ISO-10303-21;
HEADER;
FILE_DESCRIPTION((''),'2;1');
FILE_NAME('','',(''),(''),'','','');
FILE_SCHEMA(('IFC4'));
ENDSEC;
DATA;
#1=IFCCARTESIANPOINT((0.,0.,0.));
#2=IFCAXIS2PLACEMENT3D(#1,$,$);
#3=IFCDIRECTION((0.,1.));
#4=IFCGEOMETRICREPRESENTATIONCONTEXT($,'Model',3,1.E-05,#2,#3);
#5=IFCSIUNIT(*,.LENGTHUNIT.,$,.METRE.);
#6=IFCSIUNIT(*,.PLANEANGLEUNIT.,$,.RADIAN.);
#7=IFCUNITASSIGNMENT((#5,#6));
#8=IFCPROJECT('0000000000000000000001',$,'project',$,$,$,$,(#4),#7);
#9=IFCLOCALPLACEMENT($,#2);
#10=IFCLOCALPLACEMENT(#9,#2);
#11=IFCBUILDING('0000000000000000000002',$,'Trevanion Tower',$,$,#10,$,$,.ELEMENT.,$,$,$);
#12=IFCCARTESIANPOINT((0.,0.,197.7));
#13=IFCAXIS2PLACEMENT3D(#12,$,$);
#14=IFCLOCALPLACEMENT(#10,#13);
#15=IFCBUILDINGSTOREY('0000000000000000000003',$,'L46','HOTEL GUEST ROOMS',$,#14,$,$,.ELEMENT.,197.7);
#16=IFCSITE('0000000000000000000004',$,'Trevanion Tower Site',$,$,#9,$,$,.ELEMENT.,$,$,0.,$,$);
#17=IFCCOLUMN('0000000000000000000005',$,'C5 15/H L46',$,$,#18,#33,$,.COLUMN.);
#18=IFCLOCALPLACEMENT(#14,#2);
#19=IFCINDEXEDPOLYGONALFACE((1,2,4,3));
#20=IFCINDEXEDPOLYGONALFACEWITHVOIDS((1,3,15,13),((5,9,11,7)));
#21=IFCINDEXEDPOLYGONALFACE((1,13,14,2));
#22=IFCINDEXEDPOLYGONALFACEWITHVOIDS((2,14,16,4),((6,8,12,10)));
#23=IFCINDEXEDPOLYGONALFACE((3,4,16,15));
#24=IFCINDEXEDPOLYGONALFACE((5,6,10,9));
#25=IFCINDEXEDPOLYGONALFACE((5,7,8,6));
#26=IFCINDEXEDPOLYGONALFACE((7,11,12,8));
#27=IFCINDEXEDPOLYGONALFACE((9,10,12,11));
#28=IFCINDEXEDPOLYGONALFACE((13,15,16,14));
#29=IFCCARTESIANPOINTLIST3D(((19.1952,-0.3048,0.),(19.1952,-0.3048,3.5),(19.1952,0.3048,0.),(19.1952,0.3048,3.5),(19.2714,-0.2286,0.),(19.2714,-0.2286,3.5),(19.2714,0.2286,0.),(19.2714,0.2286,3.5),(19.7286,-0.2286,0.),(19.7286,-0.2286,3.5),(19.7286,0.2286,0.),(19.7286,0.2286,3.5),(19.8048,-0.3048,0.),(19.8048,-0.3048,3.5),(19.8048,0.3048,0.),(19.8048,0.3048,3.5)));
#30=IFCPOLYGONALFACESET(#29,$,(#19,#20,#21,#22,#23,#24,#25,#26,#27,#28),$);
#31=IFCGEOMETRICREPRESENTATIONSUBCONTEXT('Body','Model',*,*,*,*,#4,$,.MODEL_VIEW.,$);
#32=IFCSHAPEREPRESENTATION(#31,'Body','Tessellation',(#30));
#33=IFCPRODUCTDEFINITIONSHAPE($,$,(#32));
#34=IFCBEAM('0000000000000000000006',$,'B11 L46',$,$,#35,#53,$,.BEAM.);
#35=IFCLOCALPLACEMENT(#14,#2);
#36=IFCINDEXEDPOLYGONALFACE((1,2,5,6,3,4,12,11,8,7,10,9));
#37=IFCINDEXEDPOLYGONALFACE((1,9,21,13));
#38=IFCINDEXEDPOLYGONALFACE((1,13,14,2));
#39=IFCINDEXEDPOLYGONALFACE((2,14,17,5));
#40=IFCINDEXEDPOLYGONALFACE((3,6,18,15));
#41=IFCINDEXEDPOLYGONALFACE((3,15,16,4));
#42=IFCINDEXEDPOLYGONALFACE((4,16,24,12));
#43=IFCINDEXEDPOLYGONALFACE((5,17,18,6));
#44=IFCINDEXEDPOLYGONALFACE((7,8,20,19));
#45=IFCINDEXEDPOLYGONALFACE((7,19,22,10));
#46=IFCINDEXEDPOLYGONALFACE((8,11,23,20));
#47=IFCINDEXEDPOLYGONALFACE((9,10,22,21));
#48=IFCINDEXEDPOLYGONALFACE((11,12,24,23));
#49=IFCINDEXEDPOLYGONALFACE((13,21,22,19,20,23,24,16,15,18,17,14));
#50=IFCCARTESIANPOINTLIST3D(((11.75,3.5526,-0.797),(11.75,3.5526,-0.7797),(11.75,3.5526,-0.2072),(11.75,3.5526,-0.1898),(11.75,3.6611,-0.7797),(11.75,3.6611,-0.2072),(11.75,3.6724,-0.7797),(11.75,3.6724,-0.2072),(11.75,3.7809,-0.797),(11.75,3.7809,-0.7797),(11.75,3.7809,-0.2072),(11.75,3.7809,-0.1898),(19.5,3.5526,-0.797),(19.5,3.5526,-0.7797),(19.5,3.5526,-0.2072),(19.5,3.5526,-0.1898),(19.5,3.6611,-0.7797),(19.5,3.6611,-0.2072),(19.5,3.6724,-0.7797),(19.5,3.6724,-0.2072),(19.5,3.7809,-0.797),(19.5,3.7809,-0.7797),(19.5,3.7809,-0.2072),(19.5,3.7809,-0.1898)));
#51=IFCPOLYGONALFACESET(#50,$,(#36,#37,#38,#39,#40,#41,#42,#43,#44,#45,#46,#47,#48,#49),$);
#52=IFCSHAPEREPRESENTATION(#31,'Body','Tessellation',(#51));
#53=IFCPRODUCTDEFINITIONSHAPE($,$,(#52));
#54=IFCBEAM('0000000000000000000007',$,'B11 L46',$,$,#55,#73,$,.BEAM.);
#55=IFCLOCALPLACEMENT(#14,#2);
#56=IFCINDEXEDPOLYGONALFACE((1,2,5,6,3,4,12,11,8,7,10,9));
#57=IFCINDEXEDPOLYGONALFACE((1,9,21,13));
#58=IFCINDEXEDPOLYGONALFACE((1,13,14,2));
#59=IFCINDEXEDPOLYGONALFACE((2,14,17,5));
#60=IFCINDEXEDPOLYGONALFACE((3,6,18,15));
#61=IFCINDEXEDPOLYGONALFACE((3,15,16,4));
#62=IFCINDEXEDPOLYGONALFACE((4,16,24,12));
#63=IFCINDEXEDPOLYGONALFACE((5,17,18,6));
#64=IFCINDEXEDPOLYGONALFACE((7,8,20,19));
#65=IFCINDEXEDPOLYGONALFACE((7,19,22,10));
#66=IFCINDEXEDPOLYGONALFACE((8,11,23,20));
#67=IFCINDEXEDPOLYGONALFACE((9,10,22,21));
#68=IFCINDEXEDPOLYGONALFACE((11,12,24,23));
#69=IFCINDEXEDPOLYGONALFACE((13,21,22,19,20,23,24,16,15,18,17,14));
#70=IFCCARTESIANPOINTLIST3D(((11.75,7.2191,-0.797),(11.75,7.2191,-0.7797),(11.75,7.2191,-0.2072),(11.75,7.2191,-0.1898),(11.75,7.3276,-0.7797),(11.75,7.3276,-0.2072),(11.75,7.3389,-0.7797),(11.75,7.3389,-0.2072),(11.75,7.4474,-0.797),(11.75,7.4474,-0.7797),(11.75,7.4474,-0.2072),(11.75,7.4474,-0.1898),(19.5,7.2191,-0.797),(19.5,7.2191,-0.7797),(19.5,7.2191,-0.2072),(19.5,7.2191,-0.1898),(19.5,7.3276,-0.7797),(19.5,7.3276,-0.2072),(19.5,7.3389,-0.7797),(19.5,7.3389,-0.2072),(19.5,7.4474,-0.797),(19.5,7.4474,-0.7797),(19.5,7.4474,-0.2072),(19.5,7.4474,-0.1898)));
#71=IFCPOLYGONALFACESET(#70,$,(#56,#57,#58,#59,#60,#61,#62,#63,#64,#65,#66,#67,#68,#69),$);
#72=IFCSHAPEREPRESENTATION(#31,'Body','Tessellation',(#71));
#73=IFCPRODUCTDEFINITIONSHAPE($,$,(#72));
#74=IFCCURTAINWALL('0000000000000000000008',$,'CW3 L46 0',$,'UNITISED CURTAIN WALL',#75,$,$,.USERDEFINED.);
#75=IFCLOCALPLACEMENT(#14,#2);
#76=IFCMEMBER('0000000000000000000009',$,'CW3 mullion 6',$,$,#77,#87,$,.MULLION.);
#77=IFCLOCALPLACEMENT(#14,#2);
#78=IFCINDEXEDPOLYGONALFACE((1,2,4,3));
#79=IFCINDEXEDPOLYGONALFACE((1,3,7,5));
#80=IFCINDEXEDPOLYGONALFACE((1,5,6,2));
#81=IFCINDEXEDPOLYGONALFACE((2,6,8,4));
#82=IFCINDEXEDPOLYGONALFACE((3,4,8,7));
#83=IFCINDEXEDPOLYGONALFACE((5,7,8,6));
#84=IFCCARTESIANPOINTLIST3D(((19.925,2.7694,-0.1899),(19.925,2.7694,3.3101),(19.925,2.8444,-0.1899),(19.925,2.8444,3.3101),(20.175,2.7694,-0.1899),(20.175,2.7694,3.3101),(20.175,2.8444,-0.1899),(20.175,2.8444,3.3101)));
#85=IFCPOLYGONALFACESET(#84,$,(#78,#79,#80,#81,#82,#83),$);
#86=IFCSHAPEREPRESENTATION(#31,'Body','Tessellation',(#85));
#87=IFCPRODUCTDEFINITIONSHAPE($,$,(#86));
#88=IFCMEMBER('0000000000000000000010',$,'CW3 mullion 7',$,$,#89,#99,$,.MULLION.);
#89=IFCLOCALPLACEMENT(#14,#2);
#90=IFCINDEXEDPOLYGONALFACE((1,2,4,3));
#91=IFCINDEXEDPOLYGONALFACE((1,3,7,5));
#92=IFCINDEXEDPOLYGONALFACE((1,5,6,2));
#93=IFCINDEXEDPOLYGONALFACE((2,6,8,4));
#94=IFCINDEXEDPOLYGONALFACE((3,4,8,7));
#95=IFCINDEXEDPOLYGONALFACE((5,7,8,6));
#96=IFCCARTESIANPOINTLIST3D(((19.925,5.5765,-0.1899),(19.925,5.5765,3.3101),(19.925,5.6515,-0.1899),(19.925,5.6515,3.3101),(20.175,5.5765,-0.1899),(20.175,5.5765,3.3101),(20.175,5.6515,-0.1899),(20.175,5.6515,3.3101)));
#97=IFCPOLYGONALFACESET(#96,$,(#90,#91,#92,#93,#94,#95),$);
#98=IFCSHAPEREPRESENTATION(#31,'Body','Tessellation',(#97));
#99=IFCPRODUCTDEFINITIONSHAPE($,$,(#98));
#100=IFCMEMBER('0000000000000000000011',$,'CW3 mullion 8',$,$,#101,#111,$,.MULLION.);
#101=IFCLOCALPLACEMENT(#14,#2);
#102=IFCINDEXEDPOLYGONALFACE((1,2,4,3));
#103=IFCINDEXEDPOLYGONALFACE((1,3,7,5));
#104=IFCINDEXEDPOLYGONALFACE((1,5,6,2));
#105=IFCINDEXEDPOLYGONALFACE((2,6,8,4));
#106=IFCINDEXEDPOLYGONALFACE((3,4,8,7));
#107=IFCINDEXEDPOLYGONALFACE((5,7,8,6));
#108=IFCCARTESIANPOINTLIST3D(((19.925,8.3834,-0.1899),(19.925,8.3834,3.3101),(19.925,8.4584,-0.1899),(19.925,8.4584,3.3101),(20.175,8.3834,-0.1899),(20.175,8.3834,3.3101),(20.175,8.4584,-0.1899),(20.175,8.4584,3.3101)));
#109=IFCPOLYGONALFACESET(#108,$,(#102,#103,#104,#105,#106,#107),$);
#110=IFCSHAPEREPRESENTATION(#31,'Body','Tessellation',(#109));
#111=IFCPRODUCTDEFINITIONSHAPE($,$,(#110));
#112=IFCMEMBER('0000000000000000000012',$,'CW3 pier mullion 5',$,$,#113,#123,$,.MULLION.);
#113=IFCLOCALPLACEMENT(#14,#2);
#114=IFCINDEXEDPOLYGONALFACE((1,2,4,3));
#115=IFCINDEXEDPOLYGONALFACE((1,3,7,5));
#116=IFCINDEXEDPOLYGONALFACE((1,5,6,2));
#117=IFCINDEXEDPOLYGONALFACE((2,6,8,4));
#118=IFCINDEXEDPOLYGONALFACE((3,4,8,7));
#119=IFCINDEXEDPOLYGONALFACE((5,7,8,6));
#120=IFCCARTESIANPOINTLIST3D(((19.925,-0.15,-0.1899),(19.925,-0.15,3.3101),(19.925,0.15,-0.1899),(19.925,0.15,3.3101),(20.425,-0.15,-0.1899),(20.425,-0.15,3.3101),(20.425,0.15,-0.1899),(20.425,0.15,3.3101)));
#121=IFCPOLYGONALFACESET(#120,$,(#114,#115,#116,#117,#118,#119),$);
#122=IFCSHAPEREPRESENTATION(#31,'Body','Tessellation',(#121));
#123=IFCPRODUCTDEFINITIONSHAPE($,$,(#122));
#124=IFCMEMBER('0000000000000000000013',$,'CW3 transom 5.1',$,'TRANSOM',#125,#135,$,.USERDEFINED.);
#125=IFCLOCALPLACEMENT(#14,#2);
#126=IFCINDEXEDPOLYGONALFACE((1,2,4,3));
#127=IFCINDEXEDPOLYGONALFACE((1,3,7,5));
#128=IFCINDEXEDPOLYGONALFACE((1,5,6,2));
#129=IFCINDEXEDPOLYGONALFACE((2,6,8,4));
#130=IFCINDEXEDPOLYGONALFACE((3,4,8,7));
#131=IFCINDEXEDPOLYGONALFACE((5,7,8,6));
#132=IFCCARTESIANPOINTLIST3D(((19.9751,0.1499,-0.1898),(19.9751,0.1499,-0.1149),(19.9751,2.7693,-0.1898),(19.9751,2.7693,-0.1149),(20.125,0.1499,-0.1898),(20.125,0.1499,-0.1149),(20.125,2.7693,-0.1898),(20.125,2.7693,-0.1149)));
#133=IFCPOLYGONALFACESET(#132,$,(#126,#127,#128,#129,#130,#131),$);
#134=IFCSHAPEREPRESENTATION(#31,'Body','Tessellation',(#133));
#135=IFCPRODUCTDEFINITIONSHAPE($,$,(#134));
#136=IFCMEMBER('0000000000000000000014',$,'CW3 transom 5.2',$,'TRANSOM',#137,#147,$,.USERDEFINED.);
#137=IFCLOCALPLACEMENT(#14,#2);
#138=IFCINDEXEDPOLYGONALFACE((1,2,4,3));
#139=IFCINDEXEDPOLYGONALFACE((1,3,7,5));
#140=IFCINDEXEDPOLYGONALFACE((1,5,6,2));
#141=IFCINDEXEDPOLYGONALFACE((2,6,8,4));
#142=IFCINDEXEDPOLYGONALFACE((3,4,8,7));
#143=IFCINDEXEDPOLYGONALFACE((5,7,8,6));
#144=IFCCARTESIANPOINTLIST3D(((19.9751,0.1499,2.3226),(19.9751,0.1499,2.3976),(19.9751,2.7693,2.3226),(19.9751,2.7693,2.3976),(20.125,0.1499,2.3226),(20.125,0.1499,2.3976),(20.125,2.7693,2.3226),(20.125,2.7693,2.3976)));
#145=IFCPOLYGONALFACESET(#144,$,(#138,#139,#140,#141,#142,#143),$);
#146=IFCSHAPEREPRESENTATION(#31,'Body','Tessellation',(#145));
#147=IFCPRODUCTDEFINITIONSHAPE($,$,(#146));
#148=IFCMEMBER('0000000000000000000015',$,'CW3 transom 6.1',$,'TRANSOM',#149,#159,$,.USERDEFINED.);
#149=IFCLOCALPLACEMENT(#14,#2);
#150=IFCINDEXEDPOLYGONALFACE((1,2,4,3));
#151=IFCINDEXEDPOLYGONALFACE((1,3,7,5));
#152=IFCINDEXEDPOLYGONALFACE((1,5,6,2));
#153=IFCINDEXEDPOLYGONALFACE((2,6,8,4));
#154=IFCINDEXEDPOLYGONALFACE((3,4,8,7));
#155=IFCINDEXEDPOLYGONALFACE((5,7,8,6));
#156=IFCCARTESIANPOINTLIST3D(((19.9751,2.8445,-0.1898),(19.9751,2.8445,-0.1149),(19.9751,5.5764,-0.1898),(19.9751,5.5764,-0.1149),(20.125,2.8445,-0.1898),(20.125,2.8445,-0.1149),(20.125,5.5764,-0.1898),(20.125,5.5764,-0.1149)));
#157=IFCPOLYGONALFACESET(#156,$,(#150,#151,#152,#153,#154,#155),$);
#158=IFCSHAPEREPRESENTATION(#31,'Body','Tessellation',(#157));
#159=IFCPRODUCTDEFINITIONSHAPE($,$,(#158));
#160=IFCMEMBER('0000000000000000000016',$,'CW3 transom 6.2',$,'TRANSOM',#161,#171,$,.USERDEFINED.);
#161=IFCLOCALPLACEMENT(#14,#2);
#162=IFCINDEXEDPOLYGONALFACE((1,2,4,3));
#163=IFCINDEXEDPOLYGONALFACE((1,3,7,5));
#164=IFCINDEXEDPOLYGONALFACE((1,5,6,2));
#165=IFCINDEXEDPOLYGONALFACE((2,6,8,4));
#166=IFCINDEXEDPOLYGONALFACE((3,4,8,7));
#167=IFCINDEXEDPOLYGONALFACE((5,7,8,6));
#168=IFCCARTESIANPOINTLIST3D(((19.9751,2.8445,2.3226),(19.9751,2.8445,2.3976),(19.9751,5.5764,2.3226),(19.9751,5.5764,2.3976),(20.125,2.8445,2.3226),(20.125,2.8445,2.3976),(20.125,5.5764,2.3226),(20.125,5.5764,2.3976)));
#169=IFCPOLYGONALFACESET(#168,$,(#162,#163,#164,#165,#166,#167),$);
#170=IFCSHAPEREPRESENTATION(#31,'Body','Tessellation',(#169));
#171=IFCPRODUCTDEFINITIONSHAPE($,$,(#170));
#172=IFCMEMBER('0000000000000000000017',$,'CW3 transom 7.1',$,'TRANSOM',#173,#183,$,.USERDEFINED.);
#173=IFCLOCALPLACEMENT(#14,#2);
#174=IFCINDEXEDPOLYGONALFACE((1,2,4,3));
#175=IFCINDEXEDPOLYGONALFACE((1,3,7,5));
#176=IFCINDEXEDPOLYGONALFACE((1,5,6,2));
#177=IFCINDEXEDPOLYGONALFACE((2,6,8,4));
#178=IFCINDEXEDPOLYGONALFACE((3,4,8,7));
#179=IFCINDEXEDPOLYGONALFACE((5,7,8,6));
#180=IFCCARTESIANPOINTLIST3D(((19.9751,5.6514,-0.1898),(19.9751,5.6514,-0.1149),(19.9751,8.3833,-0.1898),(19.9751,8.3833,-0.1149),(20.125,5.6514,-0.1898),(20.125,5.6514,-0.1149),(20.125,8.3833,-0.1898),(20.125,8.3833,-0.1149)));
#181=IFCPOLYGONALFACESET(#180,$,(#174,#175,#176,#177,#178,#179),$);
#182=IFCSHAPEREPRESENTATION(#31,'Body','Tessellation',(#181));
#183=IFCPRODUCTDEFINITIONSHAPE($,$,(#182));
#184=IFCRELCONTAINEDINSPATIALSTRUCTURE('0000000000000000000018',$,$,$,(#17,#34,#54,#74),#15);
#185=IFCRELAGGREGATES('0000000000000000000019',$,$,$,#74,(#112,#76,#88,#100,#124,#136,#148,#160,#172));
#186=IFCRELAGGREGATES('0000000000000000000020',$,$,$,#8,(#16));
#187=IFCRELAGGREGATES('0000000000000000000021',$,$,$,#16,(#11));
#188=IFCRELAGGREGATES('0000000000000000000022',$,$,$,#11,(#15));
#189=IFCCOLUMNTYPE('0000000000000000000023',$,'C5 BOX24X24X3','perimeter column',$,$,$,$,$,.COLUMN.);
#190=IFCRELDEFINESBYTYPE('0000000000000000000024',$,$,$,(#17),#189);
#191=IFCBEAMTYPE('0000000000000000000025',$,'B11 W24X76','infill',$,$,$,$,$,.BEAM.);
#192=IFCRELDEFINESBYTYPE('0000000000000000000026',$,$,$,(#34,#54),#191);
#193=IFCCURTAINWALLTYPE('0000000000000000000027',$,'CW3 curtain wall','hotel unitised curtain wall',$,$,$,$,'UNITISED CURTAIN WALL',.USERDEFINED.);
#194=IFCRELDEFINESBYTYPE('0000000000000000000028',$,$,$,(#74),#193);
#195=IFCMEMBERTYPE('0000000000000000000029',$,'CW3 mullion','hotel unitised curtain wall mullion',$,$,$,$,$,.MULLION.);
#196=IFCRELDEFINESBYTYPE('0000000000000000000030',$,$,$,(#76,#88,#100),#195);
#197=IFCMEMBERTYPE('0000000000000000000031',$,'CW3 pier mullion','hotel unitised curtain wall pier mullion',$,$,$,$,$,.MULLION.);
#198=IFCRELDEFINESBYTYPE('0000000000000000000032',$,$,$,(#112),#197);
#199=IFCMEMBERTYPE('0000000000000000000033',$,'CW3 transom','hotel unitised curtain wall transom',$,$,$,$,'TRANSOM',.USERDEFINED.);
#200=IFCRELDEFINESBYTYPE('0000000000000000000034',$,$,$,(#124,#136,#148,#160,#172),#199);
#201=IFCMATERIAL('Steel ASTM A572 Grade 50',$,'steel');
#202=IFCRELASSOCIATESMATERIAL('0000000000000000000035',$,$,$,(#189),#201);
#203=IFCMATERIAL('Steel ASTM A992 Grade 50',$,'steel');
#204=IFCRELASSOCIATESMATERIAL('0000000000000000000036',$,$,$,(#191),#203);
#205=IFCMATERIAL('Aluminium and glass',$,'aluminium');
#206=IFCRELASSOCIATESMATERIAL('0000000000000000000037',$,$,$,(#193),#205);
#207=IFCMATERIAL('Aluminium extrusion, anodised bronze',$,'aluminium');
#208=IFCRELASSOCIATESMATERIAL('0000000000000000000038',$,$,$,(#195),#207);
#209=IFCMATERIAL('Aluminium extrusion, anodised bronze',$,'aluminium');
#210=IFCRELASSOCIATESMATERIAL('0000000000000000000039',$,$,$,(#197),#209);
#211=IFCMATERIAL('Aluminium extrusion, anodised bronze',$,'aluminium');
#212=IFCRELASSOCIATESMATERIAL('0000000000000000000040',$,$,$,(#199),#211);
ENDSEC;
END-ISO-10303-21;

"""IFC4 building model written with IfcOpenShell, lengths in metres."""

from ifc_helpers import new_model, si_unit, direction, frame, origin, origin_2d, place, context, subcontext, project, spatial, rectangle, hollow_rectangle, i_section, extrude, material, material_profile, profile_set, type_object, element, aggregate, save


model = new_model("IFC4")

# Units and contexts
model_context = context("Model", 3, precision=1e-05, world=origin(), true_north=direction((0.0, 1.0)))
body_context = subcontext(model_context, "Body", "Model", "MODEL_VIEW")
ifc_project = project(units=[si_unit("LENGTHUNIT", "METRE"), si_unit("PLANEANGLEUNIT", "RADIAN")], contexts=[model_context])

# Site, building, storey
site_placement = place(None, origin())
site = spatial("IfcSite", under=ifc_project, at=site_placement, Name="Trevanion Tower Site", CompositionType="ELEMENT", RefElevation=0.0)
building_placement = place(site_placement, origin())
building = spatial("IfcBuilding", under=site, at=building_placement, Name="Trevanion Tower", CompositionType="ELEMENT")
storey_placement = place(building_placement, frame((0.0, 0.0, 197.7)))
storey = spatial("IfcBuildingStorey", under=building, at=storey_placement, Name="L46", Description="HOTEL GUEST ROOMS", CompositionType="ELEMENT", Elevation=197.7)

# Column
ifc_material_1 = material(Name="Steel ASTM A572 Grade 50", Category="steel")
ifc_material_profile_1 = material_profile(ifc_material_1, hollow_rectangle(XDim=0.6096, YDim=0.6096, WallThickness=0.0762, at=origin_2d()), Name="BOX24X24X3")
ifc_profile_set_1 = profile_set([ifc_material_profile_1], Name="Steel ASTM A572 Grade 50")
column_type = type_object("IfcColumnType", Name="C5 BOX24X24X3", Description="perimeter column", PredefinedType="COLUMN", material=ifc_profile_set_1)
column_placement = place(storey_placement, frame((19.5, 0.0, 0.0), z_axis=(0.0, 0.0, 1.0), x_axis=(0.0, 1.0, 0.0)))
element("IfcColumn", 1, at=column_placement, inside=storey, type_object=column_type, Name="C5 15/H L46", PredefinedType="COLUMN", context=body_context, shape_type="SweptSolid", body=[
    extrude(hollow_rectangle(XDim=0.6096, YDim=0.6096, WallThickness=0.0762, at=origin_2d()), origin(), (0.0, 0.0, 1.0), 3.5),
])

# Beams
ifc_material_2 = material(Name="Steel ASTM A992 Grade 50", Category="steel")
ifc_material_profile_2 = material_profile(ifc_material_2, i_section(OverallWidth=0.2283, OverallDepth=0.6072, WebThickness=0.0112, FlangeThickness=0.0173, at=origin_2d()), Name="W24X76")
ifc_profile_set_2 = profile_set([ifc_material_profile_2], Name="Steel ASTM A992 Grade 50")
beam_type_1 = type_object("IfcBeamType", Name="B11 W24X76", Description="infill", PredefinedType="BEAM", material=ifc_profile_set_2)
for number, where, z_axis, x_axis, name in (
    (2, (11.75, 3.6667, -0.4934), (1.0, 0.0, 0.0), (0.0, 1.0, 0.0), "B11 L46"),
    (3, (11.75, 7.3333, -0.4934), (1.0, 0.0, 0.0), (0.0, 1.0, 0.0), "B11 L46"),
):
    element("IfcBeam", number, at=place(storey_placement, frame(where, z_axis=z_axis, x_axis=x_axis)), inside=storey, type_object=beam_type_1, Name=name, PredefinedType="BEAM", context=body_context, shape_type="SweptSolid", body=[
        extrude(i_section(OverallWidth=0.2283, OverallDepth=0.6072, WebThickness=0.0112, FlangeThickness=0.0173, at=origin_2d()), origin(), (0.0, 0.0, 1.0), 7.75),
    ])

# Curtain wall, members
ifc_material_3 = material(Name="Aluminium and glass", Category="aluminium")
curtain_wall_type = type_object("IfcCurtainWallType", Name="CW3 curtain wall", Description="hotel unitised curtain wall", ElementType="UNITISED CURTAIN WALL", PredefinedType="USERDEFINED", material=ifc_material_3)
curtain_wall_placement = place(storey_placement, origin())
curtain_wall = element("IfcCurtainWall", 4, at=curtain_wall_placement, inside=storey, type_object=curtain_wall_type, Name="CW3 L46 0", ObjectType="UNITISED CURTAIN WALL", PredefinedType="USERDEFINED")
ifc_material_4 = material(Name="Aluminium extrusion, anodised bronze", Category="aluminium")
ifc_material_profile_3 = material_profile(ifc_material_4, rectangle(XDim=0.075, YDim=0.25, at=origin_2d()), Name="CW3 mullion")
ifc_profile_set_3 = profile_set([ifc_material_profile_3], Name="Aluminium extrusion, anodised bronze")
member_type_1 = type_object("IfcMemberType", Name="CW3 mullion", Description="hotel unitised curtain wall mullion", PredefinedType="MULLION", material=ifc_profile_set_3)
member_1_placement = place(storey_placement, frame((20.05, 2.8069, -0.1899), z_axis=(0.0, 0.0, 1.0), x_axis=(0.0, 1.0, 0.0)))
member_1 = element("IfcMember", 5, at=member_1_placement, type_object=member_type_1, Name="CW3 mullion 6", PredefinedType="MULLION", context=body_context, shape_type="SweptSolid", body=[
    extrude(rectangle(XDim=0.075, YDim=0.25, at=origin_2d()), origin(), (0.0, 0.0, 1.0), 3.5),
])
member_2_placement = place(storey_placement, frame((20.05, 5.614, -0.1899), z_axis=(0.0, 0.0, 1.0), x_axis=(0.0, 1.0, 0.0)))
member_2 = element("IfcMember", 6, at=member_2_placement, type_object=member_type_1, Name="CW3 mullion 7", PredefinedType="MULLION", context=body_context, shape_type="SweptSolid", body=[
    extrude(rectangle(XDim=0.075, YDim=0.25, at=origin_2d()), origin(), (0.0, 0.0, 1.0), 3.5),
])
member_3_placement = place(storey_placement, frame((20.05, 8.4209, -0.1899), z_axis=(0.0, 0.0, 1.0), x_axis=(0.0, 1.0, 0.0)))
member_3 = element("IfcMember", 7, at=member_3_placement, type_object=member_type_1, Name="CW3 mullion 8", PredefinedType="MULLION", context=body_context, shape_type="SweptSolid", body=[
    extrude(rectangle(XDim=0.075, YDim=0.25, at=origin_2d()), origin(), (0.0, 0.0, 1.0), 3.5),
])
ifc_material_5 = material(Name="Aluminium extrusion, anodised bronze", Category="aluminium")
ifc_material_profile_4 = material_profile(ifc_material_5, rectangle(XDim=0.3, YDim=0.5, at=origin_2d()), Name="CW3 pier mullion")
ifc_profile_set_4 = profile_set([ifc_material_profile_4], Name="Aluminium extrusion, anodised bronze")
member_type_2 = type_object("IfcMemberType", Name="CW3 pier mullion", Description="hotel unitised curtain wall pier mullion", PredefinedType="MULLION", material=ifc_profile_set_4)
member_4_placement = place(storey_placement, frame((20.175, 0.0, -0.1899), z_axis=(0.0, 0.0, 1.0), x_axis=(0.0, 1.0, 0.0)))
member_4 = element("IfcMember", 8, at=member_4_placement, type_object=member_type_2, Name="CW3 pier mullion 5", PredefinedType="MULLION", context=body_context, shape_type="SweptSolid", body=[
    extrude(rectangle(XDim=0.3, YDim=0.5, at=origin_2d()), origin(), (0.0, 0.0, 1.0), 3.5),
])
ifc_material_6 = material(Name="Aluminium extrusion, anodised bronze", Category="aluminium")
ifc_material_profile_5 = material_profile(ifc_material_6, rectangle(XDim=0.1499, YDim=0.075, at=origin_2d()), Name="CW3 transom")
ifc_profile_set_5 = profile_set([ifc_material_profile_5], Name="Aluminium extrusion, anodised bronze")
member_type_3 = type_object("IfcMemberType", Name="CW3 transom", Description="hotel unitised curtain wall transom", ElementType="TRANSOM", PredefinedType="USERDEFINED", material=ifc_profile_set_5)
member_5_placement = place(storey_placement, frame((20.05, 0.1499, -0.1523), z_axis=(0.0, 1.0, 0.0), x_axis=(-1.0, 0.0, 0.0)))
member_5 = element("IfcMember", 9, at=member_5_placement, type_object=member_type_3, Name="CW3 transom 5.1", ObjectType="TRANSOM", PredefinedType="USERDEFINED", context=body_context, shape_type="SweptSolid", body=[
    extrude(rectangle(XDim=0.1499, YDim=0.075, at=origin_2d()), origin(), (0.0, 0.0, 1.0), 2.6194),
])
member_6_placement = place(storey_placement, frame((20.05, 0.1499, 2.3601), z_axis=(0.0, 1.0, 0.0), x_axis=(-1.0, 0.0, 0.0)))
member_6 = element("IfcMember", 10, at=member_6_placement, type_object=member_type_3, Name="CW3 transom 5.2", ObjectType="TRANSOM", PredefinedType="USERDEFINED", context=body_context, shape_type="SweptSolid", body=[
    extrude(rectangle(XDim=0.1499, YDim=0.075, at=origin_2d()), origin(), (0.0, 0.0, 1.0), 2.6194),
])
member_7_placement = place(storey_placement, frame((20.05, 2.8445, -0.1523), z_axis=(0.0, 1.0, 0.0), x_axis=(-1.0, 0.0, 0.0)))
member_7 = element("IfcMember", 11, at=member_7_placement, type_object=member_type_3, Name="CW3 transom 6.1", ObjectType="TRANSOM", PredefinedType="USERDEFINED", context=body_context, shape_type="SweptSolid", body=[
    extrude(rectangle(XDim=0.1499, YDim=0.075, at=origin_2d()), origin(), (0.0, 0.0, 1.0), 2.7319),
])
member_8_placement = place(storey_placement, frame((20.05, 2.8445, 2.3601), z_axis=(0.0, 1.0, 0.0), x_axis=(-1.0, 0.0, 0.0)))
member_8 = element("IfcMember", 12, at=member_8_placement, type_object=member_type_3, Name="CW3 transom 6.2", ObjectType="TRANSOM", PredefinedType="USERDEFINED", context=body_context, shape_type="SweptSolid", body=[
    extrude(rectangle(XDim=0.1499, YDim=0.075, at=origin_2d()), origin(), (0.0, 0.0, 1.0), 2.7319),
])
member_9_placement = place(storey_placement, frame((20.05, 5.6514, -0.1523), z_axis=(0.0, 1.0, 0.0), x_axis=(-1.0, 0.0, 0.0)))
member_9 = element("IfcMember", 13, at=member_9_placement, type_object=member_type_3, Name="CW3 transom 7.1", ObjectType="TRANSOM", PredefinedType="USERDEFINED", context=body_context, shape_type="SweptSolid", body=[
    extrude(rectangle(XDim=0.1499, YDim=0.075, at=origin_2d()), origin(), (0.0, 0.0, 1.0), 2.7319),
])

aggregate(curtain_wall, [member_4, member_1, member_2, member_3, member_5, member_6, member_7, member_8, member_9])

save(model, "model.ifc")
